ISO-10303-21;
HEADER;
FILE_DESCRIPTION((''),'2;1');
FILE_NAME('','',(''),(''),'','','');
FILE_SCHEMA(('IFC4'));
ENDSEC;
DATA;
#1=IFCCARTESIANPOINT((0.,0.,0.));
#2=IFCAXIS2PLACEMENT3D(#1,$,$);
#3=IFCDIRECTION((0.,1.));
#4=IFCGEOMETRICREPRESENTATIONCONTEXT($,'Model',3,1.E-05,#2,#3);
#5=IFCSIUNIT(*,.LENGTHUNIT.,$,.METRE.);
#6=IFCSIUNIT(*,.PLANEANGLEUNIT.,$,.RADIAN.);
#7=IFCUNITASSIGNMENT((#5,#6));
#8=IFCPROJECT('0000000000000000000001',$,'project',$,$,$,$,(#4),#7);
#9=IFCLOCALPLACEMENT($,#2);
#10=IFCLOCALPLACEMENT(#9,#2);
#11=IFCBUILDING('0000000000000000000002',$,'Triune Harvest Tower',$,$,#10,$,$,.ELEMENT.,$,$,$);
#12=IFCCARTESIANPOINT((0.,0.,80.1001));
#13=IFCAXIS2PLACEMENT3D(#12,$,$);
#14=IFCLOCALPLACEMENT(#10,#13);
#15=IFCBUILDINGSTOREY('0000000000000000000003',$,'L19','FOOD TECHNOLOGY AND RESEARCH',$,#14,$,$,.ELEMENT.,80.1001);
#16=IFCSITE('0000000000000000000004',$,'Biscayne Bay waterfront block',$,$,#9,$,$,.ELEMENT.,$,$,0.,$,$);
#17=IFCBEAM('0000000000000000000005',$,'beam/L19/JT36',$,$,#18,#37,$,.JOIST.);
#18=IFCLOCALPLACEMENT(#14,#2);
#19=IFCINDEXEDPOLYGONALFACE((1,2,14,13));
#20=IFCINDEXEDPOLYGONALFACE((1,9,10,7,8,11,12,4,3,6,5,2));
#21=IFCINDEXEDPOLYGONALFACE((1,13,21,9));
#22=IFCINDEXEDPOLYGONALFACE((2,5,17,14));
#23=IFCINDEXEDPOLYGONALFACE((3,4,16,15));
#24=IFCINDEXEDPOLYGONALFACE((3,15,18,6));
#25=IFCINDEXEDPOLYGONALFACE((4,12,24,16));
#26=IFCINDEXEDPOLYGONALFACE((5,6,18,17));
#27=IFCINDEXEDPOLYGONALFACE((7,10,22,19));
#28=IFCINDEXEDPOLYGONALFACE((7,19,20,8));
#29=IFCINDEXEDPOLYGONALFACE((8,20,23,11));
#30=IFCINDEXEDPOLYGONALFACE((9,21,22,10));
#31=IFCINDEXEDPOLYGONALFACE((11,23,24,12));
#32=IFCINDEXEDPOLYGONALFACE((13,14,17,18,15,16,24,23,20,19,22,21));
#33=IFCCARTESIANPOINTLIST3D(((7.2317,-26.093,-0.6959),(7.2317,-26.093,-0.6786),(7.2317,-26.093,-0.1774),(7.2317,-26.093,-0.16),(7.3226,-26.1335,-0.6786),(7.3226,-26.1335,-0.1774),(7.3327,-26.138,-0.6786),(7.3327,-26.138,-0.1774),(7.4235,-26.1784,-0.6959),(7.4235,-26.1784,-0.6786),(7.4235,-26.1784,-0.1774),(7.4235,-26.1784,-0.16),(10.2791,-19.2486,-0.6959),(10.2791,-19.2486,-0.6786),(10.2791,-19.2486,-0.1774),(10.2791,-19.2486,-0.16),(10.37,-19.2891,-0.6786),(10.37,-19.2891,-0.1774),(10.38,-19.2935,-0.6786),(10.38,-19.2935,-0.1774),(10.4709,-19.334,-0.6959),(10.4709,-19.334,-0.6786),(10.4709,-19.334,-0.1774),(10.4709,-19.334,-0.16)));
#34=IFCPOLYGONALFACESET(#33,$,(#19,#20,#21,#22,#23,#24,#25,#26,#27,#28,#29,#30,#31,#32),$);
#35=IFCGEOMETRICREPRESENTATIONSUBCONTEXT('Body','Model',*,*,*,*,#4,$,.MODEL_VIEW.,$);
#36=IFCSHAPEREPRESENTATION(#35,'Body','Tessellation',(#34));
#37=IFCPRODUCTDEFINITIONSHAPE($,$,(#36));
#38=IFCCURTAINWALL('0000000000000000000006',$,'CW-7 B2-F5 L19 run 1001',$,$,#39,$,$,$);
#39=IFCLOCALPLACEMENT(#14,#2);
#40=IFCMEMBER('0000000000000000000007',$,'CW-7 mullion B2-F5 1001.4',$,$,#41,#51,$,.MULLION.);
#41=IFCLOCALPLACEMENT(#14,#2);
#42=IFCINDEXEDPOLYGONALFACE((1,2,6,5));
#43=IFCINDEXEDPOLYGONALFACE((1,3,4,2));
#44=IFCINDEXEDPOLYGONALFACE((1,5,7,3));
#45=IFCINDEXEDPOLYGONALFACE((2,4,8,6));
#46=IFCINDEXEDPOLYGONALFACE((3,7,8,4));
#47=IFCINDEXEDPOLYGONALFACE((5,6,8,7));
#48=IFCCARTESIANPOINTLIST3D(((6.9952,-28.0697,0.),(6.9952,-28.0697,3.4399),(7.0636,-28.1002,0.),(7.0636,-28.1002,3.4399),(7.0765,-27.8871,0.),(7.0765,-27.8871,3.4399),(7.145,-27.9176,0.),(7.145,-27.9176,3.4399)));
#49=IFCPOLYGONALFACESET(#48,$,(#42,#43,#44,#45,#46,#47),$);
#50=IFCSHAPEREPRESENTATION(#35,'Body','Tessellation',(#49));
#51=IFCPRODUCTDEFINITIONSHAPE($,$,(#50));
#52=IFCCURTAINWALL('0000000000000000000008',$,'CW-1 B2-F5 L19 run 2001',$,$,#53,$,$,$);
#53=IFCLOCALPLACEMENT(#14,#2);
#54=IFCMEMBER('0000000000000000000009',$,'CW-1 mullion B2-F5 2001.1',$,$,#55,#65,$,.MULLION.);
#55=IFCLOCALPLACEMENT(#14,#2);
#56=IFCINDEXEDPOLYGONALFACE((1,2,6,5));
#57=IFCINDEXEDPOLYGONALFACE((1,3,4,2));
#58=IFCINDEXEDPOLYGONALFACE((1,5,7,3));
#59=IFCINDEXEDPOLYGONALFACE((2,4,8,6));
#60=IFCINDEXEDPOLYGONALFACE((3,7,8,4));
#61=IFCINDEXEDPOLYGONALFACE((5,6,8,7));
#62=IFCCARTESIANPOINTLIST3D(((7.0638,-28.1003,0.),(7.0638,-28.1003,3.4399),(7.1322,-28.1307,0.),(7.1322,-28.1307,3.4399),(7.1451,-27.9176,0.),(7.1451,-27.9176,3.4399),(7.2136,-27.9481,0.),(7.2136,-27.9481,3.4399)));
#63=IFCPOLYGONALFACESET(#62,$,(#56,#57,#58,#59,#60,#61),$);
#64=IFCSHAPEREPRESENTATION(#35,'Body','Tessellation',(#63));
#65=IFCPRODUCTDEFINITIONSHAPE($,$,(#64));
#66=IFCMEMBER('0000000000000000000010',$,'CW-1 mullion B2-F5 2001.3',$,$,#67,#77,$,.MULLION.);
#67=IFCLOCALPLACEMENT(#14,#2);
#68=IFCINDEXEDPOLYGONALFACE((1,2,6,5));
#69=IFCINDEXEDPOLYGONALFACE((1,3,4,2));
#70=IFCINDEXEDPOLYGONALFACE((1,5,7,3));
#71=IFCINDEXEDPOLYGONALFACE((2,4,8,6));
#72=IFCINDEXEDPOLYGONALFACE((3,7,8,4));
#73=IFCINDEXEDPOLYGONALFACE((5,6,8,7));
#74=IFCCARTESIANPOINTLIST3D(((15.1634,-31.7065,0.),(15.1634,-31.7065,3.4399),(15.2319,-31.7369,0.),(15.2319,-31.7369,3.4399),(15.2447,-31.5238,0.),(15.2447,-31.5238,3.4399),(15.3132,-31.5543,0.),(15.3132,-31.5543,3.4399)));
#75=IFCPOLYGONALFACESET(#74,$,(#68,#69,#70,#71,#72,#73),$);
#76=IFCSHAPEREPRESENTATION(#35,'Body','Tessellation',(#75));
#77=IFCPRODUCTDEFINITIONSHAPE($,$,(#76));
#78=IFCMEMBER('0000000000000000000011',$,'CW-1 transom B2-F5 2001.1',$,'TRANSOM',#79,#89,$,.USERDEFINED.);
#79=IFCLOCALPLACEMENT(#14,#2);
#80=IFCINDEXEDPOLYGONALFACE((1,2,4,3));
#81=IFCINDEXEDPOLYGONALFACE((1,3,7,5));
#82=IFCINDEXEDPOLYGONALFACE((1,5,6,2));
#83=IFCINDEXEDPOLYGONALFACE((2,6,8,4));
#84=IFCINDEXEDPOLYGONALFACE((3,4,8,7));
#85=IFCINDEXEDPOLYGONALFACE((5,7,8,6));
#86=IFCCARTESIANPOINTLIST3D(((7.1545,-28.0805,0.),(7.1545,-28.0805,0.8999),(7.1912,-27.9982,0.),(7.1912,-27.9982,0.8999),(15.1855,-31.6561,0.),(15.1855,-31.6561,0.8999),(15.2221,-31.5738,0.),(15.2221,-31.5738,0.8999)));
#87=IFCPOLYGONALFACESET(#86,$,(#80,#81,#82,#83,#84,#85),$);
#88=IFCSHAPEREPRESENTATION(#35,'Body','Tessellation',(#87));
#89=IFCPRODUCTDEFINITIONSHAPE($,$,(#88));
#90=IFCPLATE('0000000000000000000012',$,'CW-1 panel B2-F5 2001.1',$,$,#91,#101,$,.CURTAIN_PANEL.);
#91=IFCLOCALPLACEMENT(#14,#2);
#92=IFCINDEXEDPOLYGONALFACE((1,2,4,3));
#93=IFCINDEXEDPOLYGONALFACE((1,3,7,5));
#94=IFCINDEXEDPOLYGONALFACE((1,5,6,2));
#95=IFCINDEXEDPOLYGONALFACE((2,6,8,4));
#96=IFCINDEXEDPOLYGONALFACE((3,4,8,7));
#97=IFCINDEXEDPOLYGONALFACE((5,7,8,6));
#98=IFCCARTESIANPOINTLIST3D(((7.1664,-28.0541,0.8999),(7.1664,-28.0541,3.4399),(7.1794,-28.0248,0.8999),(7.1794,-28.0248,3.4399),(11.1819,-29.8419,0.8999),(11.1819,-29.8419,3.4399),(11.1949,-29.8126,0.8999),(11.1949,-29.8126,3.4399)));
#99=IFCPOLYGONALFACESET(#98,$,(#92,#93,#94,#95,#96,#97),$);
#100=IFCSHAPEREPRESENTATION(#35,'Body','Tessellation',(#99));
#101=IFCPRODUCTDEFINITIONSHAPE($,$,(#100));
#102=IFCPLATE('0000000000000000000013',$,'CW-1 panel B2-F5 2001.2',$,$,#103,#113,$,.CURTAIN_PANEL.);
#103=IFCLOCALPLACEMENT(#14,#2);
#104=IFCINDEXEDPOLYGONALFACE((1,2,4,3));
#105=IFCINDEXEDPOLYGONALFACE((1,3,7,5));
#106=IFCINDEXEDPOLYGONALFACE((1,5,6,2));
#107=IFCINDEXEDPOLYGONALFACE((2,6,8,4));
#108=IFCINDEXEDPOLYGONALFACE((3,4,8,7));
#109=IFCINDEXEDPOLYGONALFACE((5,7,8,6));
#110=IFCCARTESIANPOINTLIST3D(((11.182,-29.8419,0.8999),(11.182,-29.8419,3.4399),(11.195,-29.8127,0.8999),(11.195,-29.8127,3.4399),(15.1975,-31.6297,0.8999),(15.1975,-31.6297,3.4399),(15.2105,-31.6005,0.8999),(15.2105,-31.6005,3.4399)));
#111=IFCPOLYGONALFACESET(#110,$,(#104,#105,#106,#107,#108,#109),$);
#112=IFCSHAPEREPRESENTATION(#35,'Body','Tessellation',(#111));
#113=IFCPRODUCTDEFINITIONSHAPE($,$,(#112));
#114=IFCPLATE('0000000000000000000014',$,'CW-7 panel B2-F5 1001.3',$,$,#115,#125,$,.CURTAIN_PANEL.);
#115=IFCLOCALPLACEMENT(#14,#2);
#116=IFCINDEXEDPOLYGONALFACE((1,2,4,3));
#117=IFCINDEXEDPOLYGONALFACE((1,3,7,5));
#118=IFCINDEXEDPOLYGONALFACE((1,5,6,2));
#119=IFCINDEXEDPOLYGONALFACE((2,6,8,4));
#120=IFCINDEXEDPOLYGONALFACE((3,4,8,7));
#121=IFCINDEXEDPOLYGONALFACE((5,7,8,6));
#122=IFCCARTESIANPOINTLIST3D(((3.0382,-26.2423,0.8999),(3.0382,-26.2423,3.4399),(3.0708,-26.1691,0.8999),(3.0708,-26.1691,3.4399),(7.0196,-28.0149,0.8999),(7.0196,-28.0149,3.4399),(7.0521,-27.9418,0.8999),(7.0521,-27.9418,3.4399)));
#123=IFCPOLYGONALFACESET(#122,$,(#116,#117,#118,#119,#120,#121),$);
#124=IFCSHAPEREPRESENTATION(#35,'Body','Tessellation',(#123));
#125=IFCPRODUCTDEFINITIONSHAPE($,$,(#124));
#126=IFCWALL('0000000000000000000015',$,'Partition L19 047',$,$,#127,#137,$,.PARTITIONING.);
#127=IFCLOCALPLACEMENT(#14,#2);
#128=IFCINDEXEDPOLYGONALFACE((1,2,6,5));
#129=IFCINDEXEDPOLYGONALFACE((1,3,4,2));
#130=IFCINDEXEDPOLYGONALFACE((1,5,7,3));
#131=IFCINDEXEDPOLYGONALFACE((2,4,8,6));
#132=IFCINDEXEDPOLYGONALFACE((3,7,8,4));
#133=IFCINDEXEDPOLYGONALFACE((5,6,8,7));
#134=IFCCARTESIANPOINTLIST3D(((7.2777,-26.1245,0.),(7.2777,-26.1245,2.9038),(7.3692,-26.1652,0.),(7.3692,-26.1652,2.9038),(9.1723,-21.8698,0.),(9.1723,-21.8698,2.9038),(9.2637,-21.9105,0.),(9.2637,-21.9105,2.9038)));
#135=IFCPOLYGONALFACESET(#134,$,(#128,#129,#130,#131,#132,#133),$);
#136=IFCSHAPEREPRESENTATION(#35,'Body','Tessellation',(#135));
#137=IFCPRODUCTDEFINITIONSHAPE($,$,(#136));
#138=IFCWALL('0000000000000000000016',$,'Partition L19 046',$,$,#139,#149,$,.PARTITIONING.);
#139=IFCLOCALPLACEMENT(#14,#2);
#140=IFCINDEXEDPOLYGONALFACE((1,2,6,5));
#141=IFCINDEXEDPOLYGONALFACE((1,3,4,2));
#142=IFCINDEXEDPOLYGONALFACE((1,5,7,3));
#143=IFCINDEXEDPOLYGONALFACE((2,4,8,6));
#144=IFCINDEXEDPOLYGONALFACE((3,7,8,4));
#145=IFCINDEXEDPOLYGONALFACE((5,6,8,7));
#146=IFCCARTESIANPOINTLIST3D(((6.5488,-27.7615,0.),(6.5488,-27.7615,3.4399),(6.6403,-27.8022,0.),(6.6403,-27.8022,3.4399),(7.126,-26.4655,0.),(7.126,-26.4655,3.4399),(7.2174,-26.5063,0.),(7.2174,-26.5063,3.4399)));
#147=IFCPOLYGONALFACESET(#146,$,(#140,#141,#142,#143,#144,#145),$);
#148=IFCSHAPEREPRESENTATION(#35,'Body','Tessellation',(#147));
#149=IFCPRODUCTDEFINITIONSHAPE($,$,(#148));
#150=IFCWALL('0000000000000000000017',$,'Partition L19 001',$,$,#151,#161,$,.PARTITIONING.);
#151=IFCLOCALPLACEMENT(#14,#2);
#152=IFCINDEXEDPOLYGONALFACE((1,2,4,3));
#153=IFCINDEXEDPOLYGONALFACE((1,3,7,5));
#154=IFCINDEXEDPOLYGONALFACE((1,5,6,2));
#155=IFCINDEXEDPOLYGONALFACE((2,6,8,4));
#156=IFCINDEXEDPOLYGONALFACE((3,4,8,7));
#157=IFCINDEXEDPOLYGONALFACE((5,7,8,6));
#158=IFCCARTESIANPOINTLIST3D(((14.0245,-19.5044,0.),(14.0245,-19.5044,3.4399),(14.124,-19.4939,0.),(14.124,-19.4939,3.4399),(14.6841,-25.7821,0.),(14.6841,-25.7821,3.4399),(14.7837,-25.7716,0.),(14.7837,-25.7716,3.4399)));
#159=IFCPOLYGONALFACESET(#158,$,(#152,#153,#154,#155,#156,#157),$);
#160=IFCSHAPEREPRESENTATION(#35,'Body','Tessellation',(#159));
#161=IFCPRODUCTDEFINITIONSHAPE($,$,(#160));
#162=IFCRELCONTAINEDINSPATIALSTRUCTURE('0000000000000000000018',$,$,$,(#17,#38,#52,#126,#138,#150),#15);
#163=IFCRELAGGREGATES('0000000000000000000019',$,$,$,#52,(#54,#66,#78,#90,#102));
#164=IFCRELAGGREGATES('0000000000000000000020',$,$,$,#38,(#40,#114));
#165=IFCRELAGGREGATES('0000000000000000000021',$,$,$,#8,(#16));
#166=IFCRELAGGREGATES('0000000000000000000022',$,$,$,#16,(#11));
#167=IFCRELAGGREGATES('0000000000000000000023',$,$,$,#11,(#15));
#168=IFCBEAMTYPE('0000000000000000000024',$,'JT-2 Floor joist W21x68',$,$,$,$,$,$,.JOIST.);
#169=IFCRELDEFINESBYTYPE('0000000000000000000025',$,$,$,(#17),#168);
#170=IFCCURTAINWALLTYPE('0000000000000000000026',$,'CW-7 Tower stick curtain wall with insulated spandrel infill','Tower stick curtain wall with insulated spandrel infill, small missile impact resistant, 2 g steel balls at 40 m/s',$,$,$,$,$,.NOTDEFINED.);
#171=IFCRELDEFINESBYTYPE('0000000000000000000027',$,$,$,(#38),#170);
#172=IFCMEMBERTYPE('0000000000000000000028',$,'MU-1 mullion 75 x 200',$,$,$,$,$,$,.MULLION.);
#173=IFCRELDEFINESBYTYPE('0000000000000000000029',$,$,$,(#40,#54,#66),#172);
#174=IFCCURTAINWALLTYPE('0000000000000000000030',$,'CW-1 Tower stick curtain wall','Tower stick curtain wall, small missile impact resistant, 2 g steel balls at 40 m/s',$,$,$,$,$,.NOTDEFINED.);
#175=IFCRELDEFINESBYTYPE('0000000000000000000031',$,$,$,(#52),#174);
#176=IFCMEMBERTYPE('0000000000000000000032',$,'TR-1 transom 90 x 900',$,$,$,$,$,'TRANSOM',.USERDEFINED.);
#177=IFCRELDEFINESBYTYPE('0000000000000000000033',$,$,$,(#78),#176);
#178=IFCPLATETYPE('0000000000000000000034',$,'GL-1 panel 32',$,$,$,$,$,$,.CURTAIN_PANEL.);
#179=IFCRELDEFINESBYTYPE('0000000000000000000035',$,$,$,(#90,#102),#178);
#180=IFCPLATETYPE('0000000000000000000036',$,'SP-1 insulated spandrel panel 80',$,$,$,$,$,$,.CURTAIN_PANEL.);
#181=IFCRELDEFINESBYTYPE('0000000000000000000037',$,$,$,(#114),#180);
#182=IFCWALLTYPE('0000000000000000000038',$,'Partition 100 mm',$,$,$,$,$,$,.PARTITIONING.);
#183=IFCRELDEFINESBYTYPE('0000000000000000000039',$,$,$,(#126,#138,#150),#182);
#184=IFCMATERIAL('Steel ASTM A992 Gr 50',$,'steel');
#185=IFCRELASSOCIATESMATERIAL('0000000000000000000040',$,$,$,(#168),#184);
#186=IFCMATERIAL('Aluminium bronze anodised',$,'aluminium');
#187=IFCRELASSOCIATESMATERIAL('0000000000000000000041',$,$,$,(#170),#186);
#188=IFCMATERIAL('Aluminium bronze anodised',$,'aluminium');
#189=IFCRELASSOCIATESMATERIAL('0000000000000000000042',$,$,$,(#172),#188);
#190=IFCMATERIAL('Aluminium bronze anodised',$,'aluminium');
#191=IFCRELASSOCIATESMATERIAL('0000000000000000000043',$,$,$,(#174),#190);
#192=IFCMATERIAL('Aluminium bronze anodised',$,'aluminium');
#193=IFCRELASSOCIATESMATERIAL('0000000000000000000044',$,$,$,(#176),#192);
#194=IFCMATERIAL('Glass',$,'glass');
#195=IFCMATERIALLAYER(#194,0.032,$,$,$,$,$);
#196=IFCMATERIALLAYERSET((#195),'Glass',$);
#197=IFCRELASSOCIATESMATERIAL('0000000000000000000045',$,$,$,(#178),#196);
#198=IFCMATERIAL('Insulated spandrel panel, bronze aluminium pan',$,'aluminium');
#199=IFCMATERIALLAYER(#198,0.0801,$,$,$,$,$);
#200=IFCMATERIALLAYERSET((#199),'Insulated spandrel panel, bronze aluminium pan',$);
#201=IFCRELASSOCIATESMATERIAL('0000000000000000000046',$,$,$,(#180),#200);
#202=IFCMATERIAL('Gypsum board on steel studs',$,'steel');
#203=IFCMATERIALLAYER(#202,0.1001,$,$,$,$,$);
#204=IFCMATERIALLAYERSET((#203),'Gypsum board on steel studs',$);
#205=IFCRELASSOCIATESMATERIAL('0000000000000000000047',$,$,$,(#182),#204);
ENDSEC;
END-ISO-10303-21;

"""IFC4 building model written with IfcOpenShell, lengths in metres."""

from ifc_helpers import new_model, si_unit, direction, frame, frame_2d, origin, origin_2d, place, context, subcontext, project, spatial, rectangle, i_section, extrude, source, transform, mapped, material, layer, layer_set, material_profile, profile_set, type_object, element, aggregate, save


model = new_model("IFC4")

# Units and contexts
model_context = context("Model", 3, precision=1e-05, world=origin(), true_north=direction((0.0, 1.0)))
body_context = subcontext(model_context, "Body", "Model", "MODEL_VIEW")
ifc_project = project(units=[si_unit("LENGTHUNIT", "METRE"), si_unit("PLANEANGLEUNIT", "RADIAN")], contexts=[model_context])

# Site, building, storey
site_placement = place(None, origin())
site = spatial("IfcSite", under=ifc_project, at=site_placement, Name="Biscayne Bay waterfront block", CompositionType="ELEMENT", RefElevation=0.0)
building_placement = place(site_placement, origin())
building = spatial("IfcBuilding", under=site, at=building_placement, Name="Triune Harvest Tower", CompositionType="ELEMENT")
storey_placement = place(building_placement, frame((0.0, 0.0, 80.1001)))
storey = spatial("IfcBuildingStorey", under=building, at=storey_placement, Name="L19", Description="FOOD TECHNOLOGY AND RESEARCH", CompositionType="ELEMENT", Elevation=80.1001)

# Beam
ifc_material_1 = material(Name="Steel ASTM A992 Gr 50", Category="steel")
ifc_material_profile_1 = material_profile(ifc_material_1, i_section(OverallWidth=0.21, OverallDepth=0.5359, WebThickness=0.011, FlangeThickness=0.0173, at=origin_2d()), Name="W21x68")
ifc_profile_set_1 = profile_set([ifc_material_profile_1], Name="Steel ASTM A992 Gr 50")
beam_type_1 = type_object("IfcBeamType", Name="JT-2 Floor joist W21x68", PredefinedType="JOIST", material=ifc_profile_set_1)
shared_shape_1 = source(origin(), body_context, "Body", "SweptSolid", [
    extrude(i_section(OverallWidth=0.21, OverallDepth=0.5359, WebThickness=0.011, FlangeThickness=0.0173, at=origin_2d()), origin(), (0.0, 0.0, 1.0), 7.4922),
])
beam_1_placement = place(storey_placement, frame((7.3276, -26.1357, -0.428), z_axis=(0.406737, 0.913545, 0.0), x_axis=(-0.913545, 0.406737, 0.0)))
element("IfcBeam", 1, at=beam_1_placement, inside=storey, type_object=beam_type_1, Name="beam/L19/JT36", PredefinedType="JOIST", context=body_context, shape_type="MappedRepresentation", body=[
    mapped(shared_shape_1, transform((0.0, 0.0, 0.0), scale=1.0)),
])

# Curtain wall, member
ifc_material_2 = material(Name="Aluminium bronze anodised", Category="aluminium")
curtain_wall_type_1 = type_object("IfcCurtainWallType", Name="CW-7 Tower stick curtain wall with insulated spandrel infill", Description="Tower stick curtain wall with insulated spandrel infill, small missile impact resistant, 2 g steel balls at 40 m/s", PredefinedType="NOTDEFINED", material=ifc_material_2)
curtain_wall_1_placement = place(storey_placement, origin())
curtain_wall_1 = element("IfcCurtainWall", 2, at=curtain_wall_1_placement, inside=storey, type_object=curtain_wall_type_1, Name="CW-7 B2-F5 L19 run 1001")
ifc_material_3 = material(Name="Aluminium bronze anodised", Category="aluminium")
ifc_material_profile_2 = material_profile(ifc_material_3, rectangle(XDim=0.2, YDim=0.075, at=origin_2d()), Name="MU-1 mullion 75 x 200")
ifc_profile_set_2 = profile_set([ifc_material_profile_2], Name="Aluminium bronze anodised")
member_type_1 = type_object("IfcMemberType", Name="MU-1 mullion 75 x 200", PredefinedType="MULLION", material=ifc_profile_set_2)
shared_shape_2 = source(origin(), body_context, "Body", "SweptSolid", [
    extrude(rectangle(XDim=0.2, YDim=0.075, at=origin_2d()), origin(), (0.0, 0.0, 1.0), 3.4399),
])
member_1_placement = place(storey_placement, frame((7.0701, -27.9937, 0.0), z_axis=(0.0, 0.0, 1.0), x_axis=(0.406741, 0.913544, 0.0)))
member_1 = element("IfcMember", 3, at=member_1_placement, type_object=member_type_1, Name="CW-7 mullion B2-F5 1001.4", PredefinedType="MULLION", context=body_context, shape_type="MappedRepresentation", body=[
    mapped(shared_shape_2, transform((0.0, 0.0, 0.0), scale=1.0)),
])

# Curtain wall, members, plates
ifc_material_4 = material(Name="Aluminium bronze anodised", Category="aluminium")
curtain_wall_type_2 = type_object("IfcCurtainWallType", Name="CW-1 Tower stick curtain wall", Description="Tower stick curtain wall, small missile impact resistant, 2 g steel balls at 40 m/s", PredefinedType="NOTDEFINED", material=ifc_material_4)
curtain_wall_2_placement = place(storey_placement, origin())
curtain_wall_2 = element("IfcCurtainWall", 4, at=curtain_wall_2_placement, inside=storey, type_object=curtain_wall_type_2, Name="CW-1 B2-F5 L19 run 2001")
member_2_placement = place(storey_placement, frame((7.1387, -28.0242, 0.0), z_axis=(0.0, 0.0, 1.0), x_axis=(0.406735, 0.913546, 0.0)))
member_2 = element("IfcMember", 5, at=member_2_placement, type_object=member_type_1, Name="CW-1 mullion B2-F5 2001.1", PredefinedType="MULLION", context=body_context, shape_type="MappedRepresentation", body=[
    mapped(shared_shape_2, transform((0.0, 0.0, 0.0), scale=1.0)),
])
member_3_placement = place(storey_placement, frame((15.2383, -31.6304, 0.0), z_axis=(0.0, 0.0, 1.0), x_axis=(0.406735, 0.913546, 0.0)))
member_3 = element("IfcMember", 6, at=member_3_placement, type_object=member_type_1, Name="CW-1 mullion B2-F5 2001.3", PredefinedType="MULLION", context=body_context, shape_type="MappedRepresentation", body=[
    mapped(shared_shape_2, transform((0.0, 0.0, 0.0), scale=1.0)),
])
ifc_material_5 = material(Name="Aluminium bronze anodised", Category="aluminium")
ifc_material_profile_3 = material_profile(ifc_material_5, rectangle(XDim=0.0901, YDim=0.8999, at=origin_2d()), Name="TR-1 transom 90 x 900")
ifc_profile_set_3 = profile_set([ifc_material_profile_3], Name="Aluminium bronze anodised")
member_type_2 = type_object("IfcMemberType", Name="TR-1 transom 90 x 900", ElementType="TRANSOM", PredefinedType="USERDEFINED", material=ifc_profile_set_3)
shared_shape_3 = source(origin(), body_context, "Body", "SweptSolid", [
    extrude(rectangle(XDim=0.0901, YDim=0.8999, at=origin_2d()), origin(), (0.0, 0.0, 1.0), 8.791),
])
member_4_placement = place(storey_placement, frame((7.1729, -28.0393, 0.45), z_axis=(0.913543, -0.406741, 0.0), x_axis=(0.406741, 0.913543, 0.0)))
member_4 = element("IfcMember", 7, at=member_4_placement, type_object=member_type_2, Name="CW-1 transom B2-F5 2001.1", ObjectType="TRANSOM", PredefinedType="USERDEFINED", context=body_context, shape_type="MappedRepresentation", body=[
    mapped(shared_shape_3, transform((0.0, 0.0, 0.0), scale=1.0)),
])
ifc_material_6 = material(Name="Glass", Category="glass")
ifc_layer_1 = layer(ifc_material_6, 0.032)
ifc_layer_set_1 = layer_set([ifc_layer_1], Name="Glass")
plate_type_1 = type_object("IfcPlateType", Name="GL-1 panel 32", PredefinedType="CURTAIN_PANEL", material=ifc_layer_set_1)
shared_shape_4 = source(origin(), body_context, "Body", "SweptSolid", [
    extrude(rectangle(XDim=4.3955, YDim=0.032, at=origin_2d()), origin(), (0.0, 0.0, 1.0), 2.54),
])
plate_1_placement = place(storey_placement, frame((9.1807, -28.9333, 0.8999), z_axis=(0.0, 0.0, 1.0), x_axis=(0.913546, -0.406735, 0.0)))
plate_1 = element("IfcPlate", 8, at=plate_1_placement, type_object=plate_type_1, Name="CW-1 panel B2-F5 2001.1", PredefinedType="CURTAIN_PANEL", context=body_context, shape_type="MappedRepresentation", body=[
    mapped(shared_shape_4, transform((0.0, 0.0, 0.0), scale=1.0)),
])
plate_2_placement = place(storey_placement, frame((13.1963, -30.7212, 0.8999), z_axis=(0.0, 0.0, 1.0), x_axis=(0.913546, -0.406735, 0.0)))
plate_2 = element("IfcPlate", 9, at=plate_2_placement, type_object=plate_type_1, Name="CW-1 panel B2-F5 2001.2", PredefinedType="CURTAIN_PANEL", context=body_context, shape_type="MappedRepresentation", body=[
    mapped(shared_shape_4, transform((0.0, 0.0, 0.0), scale=1.0)),
])
aggregate(curtain_wall_2, [member_2, member_3, member_4, plate_1, plate_2])

# Plate
ifc_material_7 = material(Name="Insulated spandrel panel, bronze aluminium pan", Category="aluminium")
ifc_layer_2 = layer(ifc_material_7, 0.0801)
ifc_layer_set_2 = layer_set([ifc_layer_2], Name="Insulated spandrel panel, bronze aluminium pan")
plate_type_2 = type_object("IfcPlateType", Name="SP-1 insulated spandrel panel 80", PredefinedType="CURTAIN_PANEL", material=ifc_layer_set_2)
shared_shape_5 = source(origin(), body_context, "Body", "SweptSolid", [
    extrude(rectangle(XDim=4.3582, YDim=0.0801, at=origin_2d()), origin(), (0.0, 0.0, 1.0), 2.54),
])
plate_3_placement = place(storey_placement, frame((5.0452, -27.092, 0.8999), z_axis=(0.0, 0.0, 1.0), x_axis=(0.913544, -0.406741, 0.0)))
plate_3 = element("IfcPlate", 10, at=plate_3_placement, type_object=plate_type_2, Name="CW-7 panel B2-F5 1001.3", PredefinedType="CURTAIN_PANEL", context=body_context, shape_type="MappedRepresentation", body=[
    mapped(shared_shape_5, transform((0.0, 0.0, 0.0), scale=1.0)),
])
aggregate(curtain_wall_1, [member_1, plate_3])

# Walls
ifc_material_8 = material(Name="Gypsum board on steel studs", Category="steel")
ifc_layer_3 = layer(ifc_material_8, 0.1001)
ifc_layer_set_3 = layer_set([ifc_layer_3], Name="Gypsum board on steel studs")
wall_type_1 = type_object("IfcWallType", Name="Partition 100 mm", PredefinedType="PARTITIONING", material=ifc_layer_set_3)
wall_1_placement = place(storey_placement, frame((7.3235, -26.1448, 0.0), z_axis=(0.0, 0.0, 1.0), x_axis=(0.40678, 0.913526, 0.0)))
element("IfcWall", 11, at=wall_1_placement, inside=storey, type_object=wall_type_1, Name="Partition L19 047", PredefinedType="PARTITIONING", context=body_context, shape_type="SweptSolid", body=[
    extrude(rectangle(XDim=4.6575, YDim=0.1001, at=frame_2d((2.3286, 0.0))), origin(), (0.0, 0.0, 1.0), 2.9038),
])
shared_shape_6 = source(origin(), body_context, "Body", "SweptSolid", [
    extrude(rectangle(XDim=1.4187, YDim=0.1001, at=frame_2d((0.7095, 0.0))), origin(), (0.0, 0.0, 1.0), 3.4399),
])
wall_2_placement = place(storey_placement, frame((6.5945, -27.782, 0.0), z_axis=(0.0, 0.0, 1.0), x_axis=(0.406841, 0.913499, 0.0)))
element("IfcWall", 12, at=wall_2_placement, inside=storey, type_object=wall_type_1, Name="Partition L19 046", PredefinedType="PARTITIONING", context=body_context, shape_type="MappedRepresentation", body=[
    mapped(shared_shape_6, transform((0.0, 0.0, 0.0), scale=1.0)),
])
shared_shape_7 = source(origin(), body_context, "Body", "SweptSolid", [
    extrude(rectangle(XDim=6.3123, YDim=0.1001, at=frame_2d((3.1562, 0.0))), origin(), (0.0, 0.0, 1.0), 3.4399),
])
wall_3_placement = place(storey_placement, frame((14.0742, -19.499, 0.0), z_axis=(0.0, 0.0, 1.0), x_axis=(0.104508, -0.994524, 0.0)))
element("IfcWall", 13, at=wall_3_placement, inside=storey, type_object=wall_type_1, Name="Partition L19 001", PredefinedType="PARTITIONING", context=body_context, shape_type="MappedRepresentation", body=[
    mapped(shared_shape_7, transform((0.0, 0.0, 0.0), scale=1.0)),
])

save(model, "model.ifc")
